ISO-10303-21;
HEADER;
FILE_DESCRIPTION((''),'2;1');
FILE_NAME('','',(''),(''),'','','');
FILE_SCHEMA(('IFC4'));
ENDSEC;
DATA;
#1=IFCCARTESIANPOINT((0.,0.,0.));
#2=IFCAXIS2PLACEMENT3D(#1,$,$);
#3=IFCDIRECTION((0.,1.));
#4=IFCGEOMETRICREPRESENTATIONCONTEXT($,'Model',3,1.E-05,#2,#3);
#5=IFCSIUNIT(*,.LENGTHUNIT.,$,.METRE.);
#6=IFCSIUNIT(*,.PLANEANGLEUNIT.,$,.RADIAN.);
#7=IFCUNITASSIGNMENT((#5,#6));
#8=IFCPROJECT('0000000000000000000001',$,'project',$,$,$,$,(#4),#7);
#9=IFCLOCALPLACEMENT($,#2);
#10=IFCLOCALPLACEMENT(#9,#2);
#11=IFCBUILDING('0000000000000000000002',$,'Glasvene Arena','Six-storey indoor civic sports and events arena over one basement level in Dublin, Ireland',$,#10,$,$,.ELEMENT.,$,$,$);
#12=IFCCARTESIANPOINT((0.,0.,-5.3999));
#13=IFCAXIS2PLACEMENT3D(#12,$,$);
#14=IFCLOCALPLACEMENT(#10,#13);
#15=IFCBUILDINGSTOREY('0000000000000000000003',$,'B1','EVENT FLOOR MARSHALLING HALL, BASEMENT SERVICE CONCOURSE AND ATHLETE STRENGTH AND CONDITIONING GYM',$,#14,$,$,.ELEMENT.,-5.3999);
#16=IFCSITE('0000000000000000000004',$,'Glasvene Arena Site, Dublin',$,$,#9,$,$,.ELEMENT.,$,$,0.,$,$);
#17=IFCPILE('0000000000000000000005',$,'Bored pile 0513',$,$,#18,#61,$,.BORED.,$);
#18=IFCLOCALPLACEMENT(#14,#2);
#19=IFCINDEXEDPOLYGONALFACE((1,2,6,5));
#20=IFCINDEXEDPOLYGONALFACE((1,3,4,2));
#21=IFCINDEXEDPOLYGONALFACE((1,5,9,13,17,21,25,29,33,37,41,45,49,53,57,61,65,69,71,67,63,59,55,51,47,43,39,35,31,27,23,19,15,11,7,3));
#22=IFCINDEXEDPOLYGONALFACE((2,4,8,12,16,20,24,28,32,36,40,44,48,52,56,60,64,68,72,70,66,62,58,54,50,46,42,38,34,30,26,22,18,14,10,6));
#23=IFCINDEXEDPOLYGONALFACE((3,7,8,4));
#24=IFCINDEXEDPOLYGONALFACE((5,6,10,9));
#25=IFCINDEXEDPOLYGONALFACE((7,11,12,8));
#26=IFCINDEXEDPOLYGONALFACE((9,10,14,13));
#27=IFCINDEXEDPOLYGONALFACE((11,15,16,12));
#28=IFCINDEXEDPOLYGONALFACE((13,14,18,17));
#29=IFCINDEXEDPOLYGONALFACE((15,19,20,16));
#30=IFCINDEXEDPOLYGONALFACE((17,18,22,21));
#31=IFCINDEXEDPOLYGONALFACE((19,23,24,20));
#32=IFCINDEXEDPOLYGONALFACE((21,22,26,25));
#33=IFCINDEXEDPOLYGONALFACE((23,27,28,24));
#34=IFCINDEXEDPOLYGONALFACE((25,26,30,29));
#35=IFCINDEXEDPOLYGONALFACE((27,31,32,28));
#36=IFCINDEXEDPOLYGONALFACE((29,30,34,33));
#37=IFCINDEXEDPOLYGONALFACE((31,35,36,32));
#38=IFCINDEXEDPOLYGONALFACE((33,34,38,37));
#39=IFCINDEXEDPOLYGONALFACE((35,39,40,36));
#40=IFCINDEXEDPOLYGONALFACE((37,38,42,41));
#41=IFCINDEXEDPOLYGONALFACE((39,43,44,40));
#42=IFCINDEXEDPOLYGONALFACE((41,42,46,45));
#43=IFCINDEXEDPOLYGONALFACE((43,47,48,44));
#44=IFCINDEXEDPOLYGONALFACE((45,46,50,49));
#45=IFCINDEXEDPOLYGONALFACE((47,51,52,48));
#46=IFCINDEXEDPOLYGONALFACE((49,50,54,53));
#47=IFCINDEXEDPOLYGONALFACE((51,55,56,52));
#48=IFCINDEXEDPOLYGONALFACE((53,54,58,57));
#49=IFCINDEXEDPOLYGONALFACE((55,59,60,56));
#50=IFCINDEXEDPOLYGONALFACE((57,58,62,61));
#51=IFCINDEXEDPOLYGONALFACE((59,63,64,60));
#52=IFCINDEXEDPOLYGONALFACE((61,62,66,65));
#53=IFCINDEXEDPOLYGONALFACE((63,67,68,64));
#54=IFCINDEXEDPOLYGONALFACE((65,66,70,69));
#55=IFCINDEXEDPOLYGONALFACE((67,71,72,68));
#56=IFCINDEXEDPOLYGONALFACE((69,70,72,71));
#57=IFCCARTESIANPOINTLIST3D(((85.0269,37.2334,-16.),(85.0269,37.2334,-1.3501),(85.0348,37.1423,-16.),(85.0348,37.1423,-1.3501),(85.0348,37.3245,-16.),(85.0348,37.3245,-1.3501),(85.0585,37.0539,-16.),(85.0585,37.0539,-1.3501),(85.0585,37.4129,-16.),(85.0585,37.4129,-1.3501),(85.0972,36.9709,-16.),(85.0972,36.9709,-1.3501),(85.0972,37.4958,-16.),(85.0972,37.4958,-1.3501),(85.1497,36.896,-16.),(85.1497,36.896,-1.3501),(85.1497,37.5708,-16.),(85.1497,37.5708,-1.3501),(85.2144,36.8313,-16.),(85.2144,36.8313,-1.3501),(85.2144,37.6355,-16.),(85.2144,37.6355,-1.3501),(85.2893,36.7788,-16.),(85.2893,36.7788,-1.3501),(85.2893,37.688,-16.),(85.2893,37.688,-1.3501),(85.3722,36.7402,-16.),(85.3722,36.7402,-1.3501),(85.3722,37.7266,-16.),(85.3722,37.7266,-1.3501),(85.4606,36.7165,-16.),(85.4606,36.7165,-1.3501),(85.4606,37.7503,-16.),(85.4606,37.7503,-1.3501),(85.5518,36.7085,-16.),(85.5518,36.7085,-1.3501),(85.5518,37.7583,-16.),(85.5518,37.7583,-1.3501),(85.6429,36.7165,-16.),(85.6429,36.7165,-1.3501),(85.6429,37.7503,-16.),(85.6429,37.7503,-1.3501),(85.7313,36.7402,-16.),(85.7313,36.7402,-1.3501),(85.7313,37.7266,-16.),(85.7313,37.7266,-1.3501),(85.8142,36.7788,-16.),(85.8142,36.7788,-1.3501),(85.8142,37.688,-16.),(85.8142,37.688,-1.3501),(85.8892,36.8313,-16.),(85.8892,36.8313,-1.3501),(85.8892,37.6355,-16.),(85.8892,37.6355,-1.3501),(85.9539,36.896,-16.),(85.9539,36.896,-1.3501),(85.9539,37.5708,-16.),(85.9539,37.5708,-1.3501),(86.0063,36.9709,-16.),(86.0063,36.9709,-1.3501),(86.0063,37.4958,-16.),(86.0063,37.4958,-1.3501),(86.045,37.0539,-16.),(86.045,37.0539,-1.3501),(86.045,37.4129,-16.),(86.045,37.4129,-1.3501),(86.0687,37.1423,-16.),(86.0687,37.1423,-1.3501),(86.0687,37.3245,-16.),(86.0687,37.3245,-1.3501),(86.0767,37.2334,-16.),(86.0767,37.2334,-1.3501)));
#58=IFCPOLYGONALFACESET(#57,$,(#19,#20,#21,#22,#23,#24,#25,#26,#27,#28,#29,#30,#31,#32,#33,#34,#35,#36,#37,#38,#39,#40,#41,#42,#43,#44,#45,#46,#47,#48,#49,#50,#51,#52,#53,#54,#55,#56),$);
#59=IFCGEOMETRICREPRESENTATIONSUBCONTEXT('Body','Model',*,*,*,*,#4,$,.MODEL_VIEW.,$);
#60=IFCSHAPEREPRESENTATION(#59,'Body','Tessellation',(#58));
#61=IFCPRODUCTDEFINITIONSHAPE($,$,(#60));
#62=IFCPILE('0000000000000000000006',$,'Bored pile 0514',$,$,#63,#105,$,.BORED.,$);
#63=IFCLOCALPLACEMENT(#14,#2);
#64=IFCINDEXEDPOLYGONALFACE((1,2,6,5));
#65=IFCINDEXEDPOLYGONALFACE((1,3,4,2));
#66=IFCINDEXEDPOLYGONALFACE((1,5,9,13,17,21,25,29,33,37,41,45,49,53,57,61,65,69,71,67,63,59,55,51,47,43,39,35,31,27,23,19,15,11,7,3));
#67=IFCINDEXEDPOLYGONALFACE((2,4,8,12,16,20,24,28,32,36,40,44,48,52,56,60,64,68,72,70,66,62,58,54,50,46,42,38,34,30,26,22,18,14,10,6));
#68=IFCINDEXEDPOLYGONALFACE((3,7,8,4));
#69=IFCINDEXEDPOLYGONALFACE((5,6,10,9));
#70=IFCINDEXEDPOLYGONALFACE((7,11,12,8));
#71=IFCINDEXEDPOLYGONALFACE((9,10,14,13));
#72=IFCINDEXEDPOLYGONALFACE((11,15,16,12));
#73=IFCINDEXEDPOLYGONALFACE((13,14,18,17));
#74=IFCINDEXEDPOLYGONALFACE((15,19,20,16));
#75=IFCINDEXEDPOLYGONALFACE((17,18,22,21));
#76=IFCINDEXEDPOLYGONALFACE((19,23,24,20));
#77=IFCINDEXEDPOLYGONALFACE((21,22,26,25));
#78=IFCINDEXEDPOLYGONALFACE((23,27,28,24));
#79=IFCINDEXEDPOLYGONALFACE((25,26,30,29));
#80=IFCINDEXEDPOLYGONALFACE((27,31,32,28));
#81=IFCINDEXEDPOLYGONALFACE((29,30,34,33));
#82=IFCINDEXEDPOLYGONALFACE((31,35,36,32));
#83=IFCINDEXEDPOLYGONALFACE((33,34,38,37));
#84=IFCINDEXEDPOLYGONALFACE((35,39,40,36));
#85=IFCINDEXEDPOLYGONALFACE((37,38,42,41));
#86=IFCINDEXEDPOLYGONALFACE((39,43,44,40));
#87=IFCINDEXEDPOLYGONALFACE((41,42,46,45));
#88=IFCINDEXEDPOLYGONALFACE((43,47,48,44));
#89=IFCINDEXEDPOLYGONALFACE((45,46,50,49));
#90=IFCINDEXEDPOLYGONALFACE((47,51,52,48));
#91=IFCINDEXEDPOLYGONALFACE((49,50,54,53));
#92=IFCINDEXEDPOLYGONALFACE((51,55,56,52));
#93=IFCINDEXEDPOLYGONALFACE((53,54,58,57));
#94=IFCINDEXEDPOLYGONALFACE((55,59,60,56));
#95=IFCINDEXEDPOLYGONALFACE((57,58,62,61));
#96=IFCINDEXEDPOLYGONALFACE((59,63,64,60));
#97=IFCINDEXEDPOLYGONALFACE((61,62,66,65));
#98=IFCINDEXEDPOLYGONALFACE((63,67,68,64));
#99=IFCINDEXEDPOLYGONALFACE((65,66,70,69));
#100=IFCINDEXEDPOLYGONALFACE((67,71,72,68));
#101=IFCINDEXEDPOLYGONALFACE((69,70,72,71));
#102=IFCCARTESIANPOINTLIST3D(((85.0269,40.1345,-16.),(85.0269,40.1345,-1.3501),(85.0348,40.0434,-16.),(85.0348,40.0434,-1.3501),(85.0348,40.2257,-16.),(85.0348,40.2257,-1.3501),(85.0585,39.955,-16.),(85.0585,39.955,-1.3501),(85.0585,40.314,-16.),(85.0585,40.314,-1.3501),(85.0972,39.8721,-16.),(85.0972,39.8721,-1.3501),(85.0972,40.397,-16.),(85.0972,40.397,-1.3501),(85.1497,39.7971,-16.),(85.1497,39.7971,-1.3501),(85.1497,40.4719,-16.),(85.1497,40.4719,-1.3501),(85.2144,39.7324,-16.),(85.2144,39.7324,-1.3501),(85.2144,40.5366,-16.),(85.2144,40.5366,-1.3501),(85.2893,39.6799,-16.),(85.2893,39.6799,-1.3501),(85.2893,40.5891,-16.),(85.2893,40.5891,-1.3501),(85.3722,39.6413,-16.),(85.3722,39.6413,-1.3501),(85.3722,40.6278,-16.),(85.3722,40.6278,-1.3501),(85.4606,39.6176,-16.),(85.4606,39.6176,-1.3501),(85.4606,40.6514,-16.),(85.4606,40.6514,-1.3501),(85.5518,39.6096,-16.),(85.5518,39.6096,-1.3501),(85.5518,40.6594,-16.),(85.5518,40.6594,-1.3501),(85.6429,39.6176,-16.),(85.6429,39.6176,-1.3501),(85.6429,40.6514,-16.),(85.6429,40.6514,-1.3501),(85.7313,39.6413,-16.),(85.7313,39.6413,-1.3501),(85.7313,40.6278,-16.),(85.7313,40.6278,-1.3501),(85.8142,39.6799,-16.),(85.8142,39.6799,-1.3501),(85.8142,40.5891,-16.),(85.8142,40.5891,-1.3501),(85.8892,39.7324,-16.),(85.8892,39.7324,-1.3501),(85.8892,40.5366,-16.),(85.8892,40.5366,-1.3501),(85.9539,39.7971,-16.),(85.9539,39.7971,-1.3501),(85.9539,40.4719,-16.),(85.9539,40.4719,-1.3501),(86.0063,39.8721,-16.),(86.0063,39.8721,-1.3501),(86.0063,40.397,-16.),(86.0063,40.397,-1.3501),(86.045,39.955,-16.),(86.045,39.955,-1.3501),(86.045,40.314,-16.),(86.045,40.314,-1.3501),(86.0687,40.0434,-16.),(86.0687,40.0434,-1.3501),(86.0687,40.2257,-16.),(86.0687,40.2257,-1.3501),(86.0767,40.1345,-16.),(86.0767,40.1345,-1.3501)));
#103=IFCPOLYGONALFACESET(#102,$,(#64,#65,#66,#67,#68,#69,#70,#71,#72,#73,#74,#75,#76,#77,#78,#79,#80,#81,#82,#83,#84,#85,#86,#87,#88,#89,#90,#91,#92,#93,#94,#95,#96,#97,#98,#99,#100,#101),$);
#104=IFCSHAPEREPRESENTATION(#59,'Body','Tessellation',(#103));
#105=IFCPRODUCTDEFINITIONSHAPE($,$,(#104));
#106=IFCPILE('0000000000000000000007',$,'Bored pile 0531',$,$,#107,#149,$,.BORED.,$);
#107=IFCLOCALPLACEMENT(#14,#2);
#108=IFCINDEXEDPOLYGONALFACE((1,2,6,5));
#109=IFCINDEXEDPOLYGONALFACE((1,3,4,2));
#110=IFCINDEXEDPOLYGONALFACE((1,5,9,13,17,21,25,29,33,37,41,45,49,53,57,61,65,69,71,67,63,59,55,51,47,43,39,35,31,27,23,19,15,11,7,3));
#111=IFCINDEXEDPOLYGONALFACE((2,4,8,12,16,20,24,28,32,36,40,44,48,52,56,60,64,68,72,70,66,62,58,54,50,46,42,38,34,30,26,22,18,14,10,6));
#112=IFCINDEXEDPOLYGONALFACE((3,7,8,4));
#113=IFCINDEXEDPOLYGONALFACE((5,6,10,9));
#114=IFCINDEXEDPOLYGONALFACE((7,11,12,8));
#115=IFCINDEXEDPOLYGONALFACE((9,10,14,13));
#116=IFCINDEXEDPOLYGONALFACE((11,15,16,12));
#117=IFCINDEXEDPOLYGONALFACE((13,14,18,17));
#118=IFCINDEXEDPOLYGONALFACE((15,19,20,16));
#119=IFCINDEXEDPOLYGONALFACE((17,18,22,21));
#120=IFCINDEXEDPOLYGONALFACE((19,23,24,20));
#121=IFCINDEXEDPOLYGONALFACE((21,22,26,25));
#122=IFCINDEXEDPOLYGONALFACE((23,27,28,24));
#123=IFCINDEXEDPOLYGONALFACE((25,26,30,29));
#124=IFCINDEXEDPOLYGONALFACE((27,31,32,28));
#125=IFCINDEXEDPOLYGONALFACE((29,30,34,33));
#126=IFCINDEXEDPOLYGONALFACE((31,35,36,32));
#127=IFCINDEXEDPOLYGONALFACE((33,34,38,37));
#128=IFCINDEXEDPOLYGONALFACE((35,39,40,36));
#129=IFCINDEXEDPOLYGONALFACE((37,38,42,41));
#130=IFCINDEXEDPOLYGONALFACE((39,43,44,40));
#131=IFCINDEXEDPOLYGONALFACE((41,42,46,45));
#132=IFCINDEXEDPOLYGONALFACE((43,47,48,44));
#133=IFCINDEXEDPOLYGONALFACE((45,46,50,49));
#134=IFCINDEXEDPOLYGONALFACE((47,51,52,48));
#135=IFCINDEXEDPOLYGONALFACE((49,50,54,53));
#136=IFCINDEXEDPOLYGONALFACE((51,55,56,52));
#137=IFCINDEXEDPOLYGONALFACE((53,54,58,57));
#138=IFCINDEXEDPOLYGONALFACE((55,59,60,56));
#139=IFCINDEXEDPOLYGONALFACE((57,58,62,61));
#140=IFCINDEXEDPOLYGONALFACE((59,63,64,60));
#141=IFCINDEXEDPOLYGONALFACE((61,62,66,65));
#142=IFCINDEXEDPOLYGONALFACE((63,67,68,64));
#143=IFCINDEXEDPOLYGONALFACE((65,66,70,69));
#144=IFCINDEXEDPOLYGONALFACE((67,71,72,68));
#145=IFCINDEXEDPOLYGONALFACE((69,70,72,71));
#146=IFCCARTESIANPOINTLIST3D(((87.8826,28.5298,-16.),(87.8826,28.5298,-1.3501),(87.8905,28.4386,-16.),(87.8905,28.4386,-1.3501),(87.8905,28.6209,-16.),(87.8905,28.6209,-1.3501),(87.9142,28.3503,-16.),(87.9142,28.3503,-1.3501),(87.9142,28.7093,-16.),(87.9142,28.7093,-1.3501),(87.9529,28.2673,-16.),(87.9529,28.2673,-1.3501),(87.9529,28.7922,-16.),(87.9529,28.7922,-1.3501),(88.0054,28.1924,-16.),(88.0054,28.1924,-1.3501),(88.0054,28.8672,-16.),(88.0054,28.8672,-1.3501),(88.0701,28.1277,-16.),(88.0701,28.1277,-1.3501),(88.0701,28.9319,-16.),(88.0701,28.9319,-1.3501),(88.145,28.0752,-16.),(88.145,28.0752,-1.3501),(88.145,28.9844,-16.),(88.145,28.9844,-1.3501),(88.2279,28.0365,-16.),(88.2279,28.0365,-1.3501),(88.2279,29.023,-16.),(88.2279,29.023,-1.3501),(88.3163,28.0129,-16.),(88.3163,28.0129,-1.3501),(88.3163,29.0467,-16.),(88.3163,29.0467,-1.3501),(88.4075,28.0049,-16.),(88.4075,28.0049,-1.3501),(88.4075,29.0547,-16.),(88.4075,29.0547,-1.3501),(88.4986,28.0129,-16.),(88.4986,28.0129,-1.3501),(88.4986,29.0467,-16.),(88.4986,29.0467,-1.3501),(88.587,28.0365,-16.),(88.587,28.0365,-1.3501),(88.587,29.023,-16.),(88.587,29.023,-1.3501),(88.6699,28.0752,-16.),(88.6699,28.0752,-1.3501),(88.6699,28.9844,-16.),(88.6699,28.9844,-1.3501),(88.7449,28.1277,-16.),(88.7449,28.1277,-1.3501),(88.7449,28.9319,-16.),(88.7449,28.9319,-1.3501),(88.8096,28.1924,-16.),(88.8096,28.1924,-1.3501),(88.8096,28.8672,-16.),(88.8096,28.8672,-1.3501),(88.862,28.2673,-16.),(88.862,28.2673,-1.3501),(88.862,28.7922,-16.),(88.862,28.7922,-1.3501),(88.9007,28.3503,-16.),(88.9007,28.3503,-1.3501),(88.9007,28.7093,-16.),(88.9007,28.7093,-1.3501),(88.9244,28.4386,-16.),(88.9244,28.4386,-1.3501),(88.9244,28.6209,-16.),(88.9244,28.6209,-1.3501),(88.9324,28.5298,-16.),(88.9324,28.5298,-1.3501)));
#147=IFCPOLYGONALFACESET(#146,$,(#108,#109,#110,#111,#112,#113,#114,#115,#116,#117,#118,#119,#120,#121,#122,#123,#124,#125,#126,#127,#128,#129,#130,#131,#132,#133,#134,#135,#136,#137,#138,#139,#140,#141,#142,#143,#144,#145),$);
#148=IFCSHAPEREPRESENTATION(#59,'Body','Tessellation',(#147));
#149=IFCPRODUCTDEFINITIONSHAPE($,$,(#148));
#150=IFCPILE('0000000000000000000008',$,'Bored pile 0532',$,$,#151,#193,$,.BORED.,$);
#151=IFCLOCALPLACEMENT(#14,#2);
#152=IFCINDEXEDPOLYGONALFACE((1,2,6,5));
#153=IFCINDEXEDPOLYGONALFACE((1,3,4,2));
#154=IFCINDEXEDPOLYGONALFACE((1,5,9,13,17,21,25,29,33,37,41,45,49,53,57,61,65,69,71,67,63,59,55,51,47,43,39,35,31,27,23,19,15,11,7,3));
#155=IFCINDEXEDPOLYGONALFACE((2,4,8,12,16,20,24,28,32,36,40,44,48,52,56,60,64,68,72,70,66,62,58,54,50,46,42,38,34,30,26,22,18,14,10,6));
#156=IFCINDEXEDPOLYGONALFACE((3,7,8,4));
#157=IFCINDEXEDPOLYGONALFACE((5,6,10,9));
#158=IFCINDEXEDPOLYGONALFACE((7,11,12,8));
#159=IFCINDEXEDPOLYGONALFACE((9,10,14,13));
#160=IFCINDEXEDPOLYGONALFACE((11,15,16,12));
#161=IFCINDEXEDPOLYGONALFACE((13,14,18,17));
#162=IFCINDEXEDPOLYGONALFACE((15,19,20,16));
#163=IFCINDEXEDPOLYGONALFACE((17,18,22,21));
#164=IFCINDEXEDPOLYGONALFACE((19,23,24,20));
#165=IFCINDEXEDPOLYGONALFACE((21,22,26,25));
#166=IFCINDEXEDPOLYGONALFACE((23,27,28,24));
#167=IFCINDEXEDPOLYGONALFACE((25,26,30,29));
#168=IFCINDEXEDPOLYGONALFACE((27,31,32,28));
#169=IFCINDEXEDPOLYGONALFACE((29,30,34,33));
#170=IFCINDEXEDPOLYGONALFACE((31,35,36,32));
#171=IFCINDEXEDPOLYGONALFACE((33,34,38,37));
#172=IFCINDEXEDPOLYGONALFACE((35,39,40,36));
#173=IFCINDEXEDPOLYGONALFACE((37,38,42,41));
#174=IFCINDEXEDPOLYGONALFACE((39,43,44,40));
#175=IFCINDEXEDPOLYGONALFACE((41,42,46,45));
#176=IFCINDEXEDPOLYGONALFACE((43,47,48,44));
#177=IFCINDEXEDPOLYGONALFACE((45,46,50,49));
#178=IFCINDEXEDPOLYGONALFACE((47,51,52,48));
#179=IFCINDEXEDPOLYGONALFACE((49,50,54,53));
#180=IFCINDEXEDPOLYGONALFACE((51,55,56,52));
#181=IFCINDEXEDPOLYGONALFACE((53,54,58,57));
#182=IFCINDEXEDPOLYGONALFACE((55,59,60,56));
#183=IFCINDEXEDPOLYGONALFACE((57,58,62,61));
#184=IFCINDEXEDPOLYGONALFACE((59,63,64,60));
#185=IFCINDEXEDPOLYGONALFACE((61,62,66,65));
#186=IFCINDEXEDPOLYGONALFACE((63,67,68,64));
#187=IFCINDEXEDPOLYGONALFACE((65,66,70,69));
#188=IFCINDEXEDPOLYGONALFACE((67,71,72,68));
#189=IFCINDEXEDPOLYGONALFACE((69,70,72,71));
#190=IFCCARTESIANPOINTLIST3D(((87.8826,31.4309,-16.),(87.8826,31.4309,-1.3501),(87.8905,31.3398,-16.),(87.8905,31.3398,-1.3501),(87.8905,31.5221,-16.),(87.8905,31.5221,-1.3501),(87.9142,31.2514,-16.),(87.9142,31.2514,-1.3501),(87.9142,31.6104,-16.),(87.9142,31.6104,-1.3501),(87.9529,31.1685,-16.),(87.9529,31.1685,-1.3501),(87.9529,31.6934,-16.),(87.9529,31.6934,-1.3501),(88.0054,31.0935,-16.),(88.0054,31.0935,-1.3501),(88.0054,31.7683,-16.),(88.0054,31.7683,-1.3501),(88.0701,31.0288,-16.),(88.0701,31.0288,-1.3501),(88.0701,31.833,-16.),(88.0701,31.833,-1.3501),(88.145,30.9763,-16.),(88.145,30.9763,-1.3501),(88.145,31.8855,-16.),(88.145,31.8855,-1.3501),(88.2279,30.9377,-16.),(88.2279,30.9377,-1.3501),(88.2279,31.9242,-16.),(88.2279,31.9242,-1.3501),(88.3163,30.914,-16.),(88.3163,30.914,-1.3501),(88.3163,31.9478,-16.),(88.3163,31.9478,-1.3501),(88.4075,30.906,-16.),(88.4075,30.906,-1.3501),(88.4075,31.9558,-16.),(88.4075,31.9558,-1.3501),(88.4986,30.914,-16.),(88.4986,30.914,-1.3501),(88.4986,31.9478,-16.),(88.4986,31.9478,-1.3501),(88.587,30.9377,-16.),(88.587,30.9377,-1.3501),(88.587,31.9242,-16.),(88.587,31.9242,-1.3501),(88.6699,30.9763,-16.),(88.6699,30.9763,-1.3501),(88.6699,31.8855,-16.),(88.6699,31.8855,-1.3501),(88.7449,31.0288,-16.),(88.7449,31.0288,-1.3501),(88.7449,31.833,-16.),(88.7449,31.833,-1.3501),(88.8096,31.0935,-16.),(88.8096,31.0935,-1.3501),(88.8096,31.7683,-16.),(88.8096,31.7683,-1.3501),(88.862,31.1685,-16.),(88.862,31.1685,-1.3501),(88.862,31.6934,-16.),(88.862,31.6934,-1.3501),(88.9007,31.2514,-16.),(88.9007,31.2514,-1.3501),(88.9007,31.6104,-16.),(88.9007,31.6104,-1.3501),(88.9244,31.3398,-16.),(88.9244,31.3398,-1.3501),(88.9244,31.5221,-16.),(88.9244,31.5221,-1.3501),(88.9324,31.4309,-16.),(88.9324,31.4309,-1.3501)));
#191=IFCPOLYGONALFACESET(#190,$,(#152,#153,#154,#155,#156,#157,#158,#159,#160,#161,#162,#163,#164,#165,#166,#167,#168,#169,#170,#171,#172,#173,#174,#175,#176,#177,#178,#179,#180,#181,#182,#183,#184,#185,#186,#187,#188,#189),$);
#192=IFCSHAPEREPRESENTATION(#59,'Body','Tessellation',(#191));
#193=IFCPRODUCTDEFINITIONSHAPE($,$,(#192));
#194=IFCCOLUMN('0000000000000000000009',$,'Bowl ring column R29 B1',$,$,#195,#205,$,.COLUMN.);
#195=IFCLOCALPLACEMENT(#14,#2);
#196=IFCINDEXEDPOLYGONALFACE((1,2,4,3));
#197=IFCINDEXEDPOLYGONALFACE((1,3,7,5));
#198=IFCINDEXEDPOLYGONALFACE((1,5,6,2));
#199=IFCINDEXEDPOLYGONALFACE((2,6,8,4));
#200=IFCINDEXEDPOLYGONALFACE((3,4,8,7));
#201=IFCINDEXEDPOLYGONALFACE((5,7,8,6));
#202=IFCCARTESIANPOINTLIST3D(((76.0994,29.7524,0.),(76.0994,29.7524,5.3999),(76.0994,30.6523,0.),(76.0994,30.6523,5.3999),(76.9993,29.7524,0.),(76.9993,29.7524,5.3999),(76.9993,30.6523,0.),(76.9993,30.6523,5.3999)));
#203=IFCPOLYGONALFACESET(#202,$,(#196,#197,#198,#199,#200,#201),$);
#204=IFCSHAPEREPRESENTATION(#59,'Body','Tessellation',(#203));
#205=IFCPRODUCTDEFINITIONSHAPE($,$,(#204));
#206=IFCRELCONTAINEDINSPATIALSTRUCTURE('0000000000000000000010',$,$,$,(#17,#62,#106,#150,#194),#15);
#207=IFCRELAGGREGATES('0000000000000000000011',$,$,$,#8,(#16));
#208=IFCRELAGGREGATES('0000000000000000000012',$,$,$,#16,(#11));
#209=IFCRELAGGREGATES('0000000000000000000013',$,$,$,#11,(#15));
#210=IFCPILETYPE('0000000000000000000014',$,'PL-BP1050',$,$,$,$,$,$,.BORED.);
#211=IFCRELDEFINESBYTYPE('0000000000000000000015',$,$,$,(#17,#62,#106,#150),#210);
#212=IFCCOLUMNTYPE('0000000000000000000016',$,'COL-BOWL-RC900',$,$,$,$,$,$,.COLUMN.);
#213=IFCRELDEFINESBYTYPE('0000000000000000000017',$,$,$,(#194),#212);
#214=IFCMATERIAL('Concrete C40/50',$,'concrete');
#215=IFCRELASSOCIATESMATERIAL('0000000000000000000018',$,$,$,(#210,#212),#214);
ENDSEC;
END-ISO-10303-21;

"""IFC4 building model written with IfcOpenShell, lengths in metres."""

from ifc_helpers import new_model, si_unit, direction, frame, origin, origin_2d, place, context, subcontext, project, spatial, rectangle, circle, extrude, material, material_profile, profile_set, type_object, element, save


model = new_model("IFC4")

# Units and contexts
model_context = context("Model", 3, precision=1e-05, world=origin(), true_north=direction((0.0, 1.0)))
body_context = subcontext(model_context, "Body", "Model", "MODEL_VIEW")
ifc_project = project(units=[si_unit("LENGTHUNIT", "METRE"), si_unit("PLANEANGLEUNIT", "RADIAN")], contexts=[model_context])

# Site, building, storey
site_placement = place(None, origin())
site = spatial("IfcSite", under=ifc_project, at=site_placement, Name="Glasvene Arena Site, Dublin", CompositionType="ELEMENT", RefElevation=0.0)
building_placement = place(site_placement, origin())
building = spatial("IfcBuilding", under=site, at=building_placement, Name="Glasvene Arena", Description="Six-storey indoor civic sports and events arena over one basement level in Dublin, Ireland", CompositionType="ELEMENT")
storey_placement = place(building_placement, frame((0.0, 0.0, -5.3999)))
storey = spatial("IfcBuildingStorey", under=building, at=storey_placement, Name="B1", Description="EVENT FLOOR MARSHALLING HALL, BASEMENT SERVICE CONCOURSE AND ATHLETE STRENGTH AND CONDITIONING GYM", CompositionType="ELEMENT", Elevation=-5.3999)

# Piles
ifc_material_1 = material(Name="Concrete C40/50", Category="concrete")
ifc_material_profile_1 = material_profile(ifc_material_1, circle(Radius=0.5249, at=origin_2d()), Name="BORED PILE 1050")
ifc_profile_set_1 = profile_set([ifc_material_profile_1], Name="Concrete C40/50")
pile_type = type_object("IfcPileType", Name="PL-BP1050", PredefinedType="BORED", material=ifc_profile_set_1)
for number, where, z_axis, x_axis, name in (
    (1, (85.5518, 37.2334, -1.3501), (0.0, 0.0, -1.0), (1.0, 0.0, 0.0), "Bored pile 0513"),
    (2, (85.5518, 40.1345, -1.3501), (0.0, 0.0, -1.0), (1.0, 0.0, 0.0), "Bored pile 0514"),
    (3, (88.4075, 28.5298, -1.3501), (0.0, 0.0, -1.0), (1.0, 0.0, 0.0), "Bored pile 0531"),
    (4, (88.4075, 31.4309, -1.3501), (0.0, 0.0, -1.0), (1.0, 0.0, 0.0), "Bored pile 0532"),
):
    element("IfcPile", number, at=place(storey_placement, frame(where, z_axis=z_axis, x_axis=x_axis)), inside=storey, type_object=pile_type, Name=name, PredefinedType="BORED", context=body_context, shape_type="SweptSolid", body=[
        extrude(circle(Radius=0.5249, at=origin_2d()), origin(), (0.0, 0.0, 1.0), 14.6499),
    ])

# Column
ifc_material_profile_2 = material_profile(ifc_material_1, rectangle(XDim=0.8999, YDim=0.8999, at=origin_2d()), Name="RC 900x900")
ifc_profile_set_2 = profile_set([ifc_material_profile_2], Name="Concrete C40/50")
column_type_1 = type_object("IfcColumnType", Name="COL-BOWL-RC900", PredefinedType="COLUMN", material=ifc_profile_set_2)
for number, where, z_axis, x_axis, name in (
    (5, (76.5493, 30.2024, 0.0), (0.0, 0.0, 1.0), (1.0, 0.0, 0.0), "Bowl ring column R29 B1"),
):
    element("IfcColumn", number, at=place(storey_placement, frame(where, z_axis=z_axis, x_axis=x_axis)), inside=storey, type_object=column_type_1, Name=name, PredefinedType="COLUMN", context=body_context, shape_type="SweptSolid", body=[
        extrude(rectangle(XDim=0.8999, YDim=0.8999, at=origin_2d()), origin(), (0.0, 0.0, 1.0), 5.3999),
    ])

save(model, "model.ifc")
